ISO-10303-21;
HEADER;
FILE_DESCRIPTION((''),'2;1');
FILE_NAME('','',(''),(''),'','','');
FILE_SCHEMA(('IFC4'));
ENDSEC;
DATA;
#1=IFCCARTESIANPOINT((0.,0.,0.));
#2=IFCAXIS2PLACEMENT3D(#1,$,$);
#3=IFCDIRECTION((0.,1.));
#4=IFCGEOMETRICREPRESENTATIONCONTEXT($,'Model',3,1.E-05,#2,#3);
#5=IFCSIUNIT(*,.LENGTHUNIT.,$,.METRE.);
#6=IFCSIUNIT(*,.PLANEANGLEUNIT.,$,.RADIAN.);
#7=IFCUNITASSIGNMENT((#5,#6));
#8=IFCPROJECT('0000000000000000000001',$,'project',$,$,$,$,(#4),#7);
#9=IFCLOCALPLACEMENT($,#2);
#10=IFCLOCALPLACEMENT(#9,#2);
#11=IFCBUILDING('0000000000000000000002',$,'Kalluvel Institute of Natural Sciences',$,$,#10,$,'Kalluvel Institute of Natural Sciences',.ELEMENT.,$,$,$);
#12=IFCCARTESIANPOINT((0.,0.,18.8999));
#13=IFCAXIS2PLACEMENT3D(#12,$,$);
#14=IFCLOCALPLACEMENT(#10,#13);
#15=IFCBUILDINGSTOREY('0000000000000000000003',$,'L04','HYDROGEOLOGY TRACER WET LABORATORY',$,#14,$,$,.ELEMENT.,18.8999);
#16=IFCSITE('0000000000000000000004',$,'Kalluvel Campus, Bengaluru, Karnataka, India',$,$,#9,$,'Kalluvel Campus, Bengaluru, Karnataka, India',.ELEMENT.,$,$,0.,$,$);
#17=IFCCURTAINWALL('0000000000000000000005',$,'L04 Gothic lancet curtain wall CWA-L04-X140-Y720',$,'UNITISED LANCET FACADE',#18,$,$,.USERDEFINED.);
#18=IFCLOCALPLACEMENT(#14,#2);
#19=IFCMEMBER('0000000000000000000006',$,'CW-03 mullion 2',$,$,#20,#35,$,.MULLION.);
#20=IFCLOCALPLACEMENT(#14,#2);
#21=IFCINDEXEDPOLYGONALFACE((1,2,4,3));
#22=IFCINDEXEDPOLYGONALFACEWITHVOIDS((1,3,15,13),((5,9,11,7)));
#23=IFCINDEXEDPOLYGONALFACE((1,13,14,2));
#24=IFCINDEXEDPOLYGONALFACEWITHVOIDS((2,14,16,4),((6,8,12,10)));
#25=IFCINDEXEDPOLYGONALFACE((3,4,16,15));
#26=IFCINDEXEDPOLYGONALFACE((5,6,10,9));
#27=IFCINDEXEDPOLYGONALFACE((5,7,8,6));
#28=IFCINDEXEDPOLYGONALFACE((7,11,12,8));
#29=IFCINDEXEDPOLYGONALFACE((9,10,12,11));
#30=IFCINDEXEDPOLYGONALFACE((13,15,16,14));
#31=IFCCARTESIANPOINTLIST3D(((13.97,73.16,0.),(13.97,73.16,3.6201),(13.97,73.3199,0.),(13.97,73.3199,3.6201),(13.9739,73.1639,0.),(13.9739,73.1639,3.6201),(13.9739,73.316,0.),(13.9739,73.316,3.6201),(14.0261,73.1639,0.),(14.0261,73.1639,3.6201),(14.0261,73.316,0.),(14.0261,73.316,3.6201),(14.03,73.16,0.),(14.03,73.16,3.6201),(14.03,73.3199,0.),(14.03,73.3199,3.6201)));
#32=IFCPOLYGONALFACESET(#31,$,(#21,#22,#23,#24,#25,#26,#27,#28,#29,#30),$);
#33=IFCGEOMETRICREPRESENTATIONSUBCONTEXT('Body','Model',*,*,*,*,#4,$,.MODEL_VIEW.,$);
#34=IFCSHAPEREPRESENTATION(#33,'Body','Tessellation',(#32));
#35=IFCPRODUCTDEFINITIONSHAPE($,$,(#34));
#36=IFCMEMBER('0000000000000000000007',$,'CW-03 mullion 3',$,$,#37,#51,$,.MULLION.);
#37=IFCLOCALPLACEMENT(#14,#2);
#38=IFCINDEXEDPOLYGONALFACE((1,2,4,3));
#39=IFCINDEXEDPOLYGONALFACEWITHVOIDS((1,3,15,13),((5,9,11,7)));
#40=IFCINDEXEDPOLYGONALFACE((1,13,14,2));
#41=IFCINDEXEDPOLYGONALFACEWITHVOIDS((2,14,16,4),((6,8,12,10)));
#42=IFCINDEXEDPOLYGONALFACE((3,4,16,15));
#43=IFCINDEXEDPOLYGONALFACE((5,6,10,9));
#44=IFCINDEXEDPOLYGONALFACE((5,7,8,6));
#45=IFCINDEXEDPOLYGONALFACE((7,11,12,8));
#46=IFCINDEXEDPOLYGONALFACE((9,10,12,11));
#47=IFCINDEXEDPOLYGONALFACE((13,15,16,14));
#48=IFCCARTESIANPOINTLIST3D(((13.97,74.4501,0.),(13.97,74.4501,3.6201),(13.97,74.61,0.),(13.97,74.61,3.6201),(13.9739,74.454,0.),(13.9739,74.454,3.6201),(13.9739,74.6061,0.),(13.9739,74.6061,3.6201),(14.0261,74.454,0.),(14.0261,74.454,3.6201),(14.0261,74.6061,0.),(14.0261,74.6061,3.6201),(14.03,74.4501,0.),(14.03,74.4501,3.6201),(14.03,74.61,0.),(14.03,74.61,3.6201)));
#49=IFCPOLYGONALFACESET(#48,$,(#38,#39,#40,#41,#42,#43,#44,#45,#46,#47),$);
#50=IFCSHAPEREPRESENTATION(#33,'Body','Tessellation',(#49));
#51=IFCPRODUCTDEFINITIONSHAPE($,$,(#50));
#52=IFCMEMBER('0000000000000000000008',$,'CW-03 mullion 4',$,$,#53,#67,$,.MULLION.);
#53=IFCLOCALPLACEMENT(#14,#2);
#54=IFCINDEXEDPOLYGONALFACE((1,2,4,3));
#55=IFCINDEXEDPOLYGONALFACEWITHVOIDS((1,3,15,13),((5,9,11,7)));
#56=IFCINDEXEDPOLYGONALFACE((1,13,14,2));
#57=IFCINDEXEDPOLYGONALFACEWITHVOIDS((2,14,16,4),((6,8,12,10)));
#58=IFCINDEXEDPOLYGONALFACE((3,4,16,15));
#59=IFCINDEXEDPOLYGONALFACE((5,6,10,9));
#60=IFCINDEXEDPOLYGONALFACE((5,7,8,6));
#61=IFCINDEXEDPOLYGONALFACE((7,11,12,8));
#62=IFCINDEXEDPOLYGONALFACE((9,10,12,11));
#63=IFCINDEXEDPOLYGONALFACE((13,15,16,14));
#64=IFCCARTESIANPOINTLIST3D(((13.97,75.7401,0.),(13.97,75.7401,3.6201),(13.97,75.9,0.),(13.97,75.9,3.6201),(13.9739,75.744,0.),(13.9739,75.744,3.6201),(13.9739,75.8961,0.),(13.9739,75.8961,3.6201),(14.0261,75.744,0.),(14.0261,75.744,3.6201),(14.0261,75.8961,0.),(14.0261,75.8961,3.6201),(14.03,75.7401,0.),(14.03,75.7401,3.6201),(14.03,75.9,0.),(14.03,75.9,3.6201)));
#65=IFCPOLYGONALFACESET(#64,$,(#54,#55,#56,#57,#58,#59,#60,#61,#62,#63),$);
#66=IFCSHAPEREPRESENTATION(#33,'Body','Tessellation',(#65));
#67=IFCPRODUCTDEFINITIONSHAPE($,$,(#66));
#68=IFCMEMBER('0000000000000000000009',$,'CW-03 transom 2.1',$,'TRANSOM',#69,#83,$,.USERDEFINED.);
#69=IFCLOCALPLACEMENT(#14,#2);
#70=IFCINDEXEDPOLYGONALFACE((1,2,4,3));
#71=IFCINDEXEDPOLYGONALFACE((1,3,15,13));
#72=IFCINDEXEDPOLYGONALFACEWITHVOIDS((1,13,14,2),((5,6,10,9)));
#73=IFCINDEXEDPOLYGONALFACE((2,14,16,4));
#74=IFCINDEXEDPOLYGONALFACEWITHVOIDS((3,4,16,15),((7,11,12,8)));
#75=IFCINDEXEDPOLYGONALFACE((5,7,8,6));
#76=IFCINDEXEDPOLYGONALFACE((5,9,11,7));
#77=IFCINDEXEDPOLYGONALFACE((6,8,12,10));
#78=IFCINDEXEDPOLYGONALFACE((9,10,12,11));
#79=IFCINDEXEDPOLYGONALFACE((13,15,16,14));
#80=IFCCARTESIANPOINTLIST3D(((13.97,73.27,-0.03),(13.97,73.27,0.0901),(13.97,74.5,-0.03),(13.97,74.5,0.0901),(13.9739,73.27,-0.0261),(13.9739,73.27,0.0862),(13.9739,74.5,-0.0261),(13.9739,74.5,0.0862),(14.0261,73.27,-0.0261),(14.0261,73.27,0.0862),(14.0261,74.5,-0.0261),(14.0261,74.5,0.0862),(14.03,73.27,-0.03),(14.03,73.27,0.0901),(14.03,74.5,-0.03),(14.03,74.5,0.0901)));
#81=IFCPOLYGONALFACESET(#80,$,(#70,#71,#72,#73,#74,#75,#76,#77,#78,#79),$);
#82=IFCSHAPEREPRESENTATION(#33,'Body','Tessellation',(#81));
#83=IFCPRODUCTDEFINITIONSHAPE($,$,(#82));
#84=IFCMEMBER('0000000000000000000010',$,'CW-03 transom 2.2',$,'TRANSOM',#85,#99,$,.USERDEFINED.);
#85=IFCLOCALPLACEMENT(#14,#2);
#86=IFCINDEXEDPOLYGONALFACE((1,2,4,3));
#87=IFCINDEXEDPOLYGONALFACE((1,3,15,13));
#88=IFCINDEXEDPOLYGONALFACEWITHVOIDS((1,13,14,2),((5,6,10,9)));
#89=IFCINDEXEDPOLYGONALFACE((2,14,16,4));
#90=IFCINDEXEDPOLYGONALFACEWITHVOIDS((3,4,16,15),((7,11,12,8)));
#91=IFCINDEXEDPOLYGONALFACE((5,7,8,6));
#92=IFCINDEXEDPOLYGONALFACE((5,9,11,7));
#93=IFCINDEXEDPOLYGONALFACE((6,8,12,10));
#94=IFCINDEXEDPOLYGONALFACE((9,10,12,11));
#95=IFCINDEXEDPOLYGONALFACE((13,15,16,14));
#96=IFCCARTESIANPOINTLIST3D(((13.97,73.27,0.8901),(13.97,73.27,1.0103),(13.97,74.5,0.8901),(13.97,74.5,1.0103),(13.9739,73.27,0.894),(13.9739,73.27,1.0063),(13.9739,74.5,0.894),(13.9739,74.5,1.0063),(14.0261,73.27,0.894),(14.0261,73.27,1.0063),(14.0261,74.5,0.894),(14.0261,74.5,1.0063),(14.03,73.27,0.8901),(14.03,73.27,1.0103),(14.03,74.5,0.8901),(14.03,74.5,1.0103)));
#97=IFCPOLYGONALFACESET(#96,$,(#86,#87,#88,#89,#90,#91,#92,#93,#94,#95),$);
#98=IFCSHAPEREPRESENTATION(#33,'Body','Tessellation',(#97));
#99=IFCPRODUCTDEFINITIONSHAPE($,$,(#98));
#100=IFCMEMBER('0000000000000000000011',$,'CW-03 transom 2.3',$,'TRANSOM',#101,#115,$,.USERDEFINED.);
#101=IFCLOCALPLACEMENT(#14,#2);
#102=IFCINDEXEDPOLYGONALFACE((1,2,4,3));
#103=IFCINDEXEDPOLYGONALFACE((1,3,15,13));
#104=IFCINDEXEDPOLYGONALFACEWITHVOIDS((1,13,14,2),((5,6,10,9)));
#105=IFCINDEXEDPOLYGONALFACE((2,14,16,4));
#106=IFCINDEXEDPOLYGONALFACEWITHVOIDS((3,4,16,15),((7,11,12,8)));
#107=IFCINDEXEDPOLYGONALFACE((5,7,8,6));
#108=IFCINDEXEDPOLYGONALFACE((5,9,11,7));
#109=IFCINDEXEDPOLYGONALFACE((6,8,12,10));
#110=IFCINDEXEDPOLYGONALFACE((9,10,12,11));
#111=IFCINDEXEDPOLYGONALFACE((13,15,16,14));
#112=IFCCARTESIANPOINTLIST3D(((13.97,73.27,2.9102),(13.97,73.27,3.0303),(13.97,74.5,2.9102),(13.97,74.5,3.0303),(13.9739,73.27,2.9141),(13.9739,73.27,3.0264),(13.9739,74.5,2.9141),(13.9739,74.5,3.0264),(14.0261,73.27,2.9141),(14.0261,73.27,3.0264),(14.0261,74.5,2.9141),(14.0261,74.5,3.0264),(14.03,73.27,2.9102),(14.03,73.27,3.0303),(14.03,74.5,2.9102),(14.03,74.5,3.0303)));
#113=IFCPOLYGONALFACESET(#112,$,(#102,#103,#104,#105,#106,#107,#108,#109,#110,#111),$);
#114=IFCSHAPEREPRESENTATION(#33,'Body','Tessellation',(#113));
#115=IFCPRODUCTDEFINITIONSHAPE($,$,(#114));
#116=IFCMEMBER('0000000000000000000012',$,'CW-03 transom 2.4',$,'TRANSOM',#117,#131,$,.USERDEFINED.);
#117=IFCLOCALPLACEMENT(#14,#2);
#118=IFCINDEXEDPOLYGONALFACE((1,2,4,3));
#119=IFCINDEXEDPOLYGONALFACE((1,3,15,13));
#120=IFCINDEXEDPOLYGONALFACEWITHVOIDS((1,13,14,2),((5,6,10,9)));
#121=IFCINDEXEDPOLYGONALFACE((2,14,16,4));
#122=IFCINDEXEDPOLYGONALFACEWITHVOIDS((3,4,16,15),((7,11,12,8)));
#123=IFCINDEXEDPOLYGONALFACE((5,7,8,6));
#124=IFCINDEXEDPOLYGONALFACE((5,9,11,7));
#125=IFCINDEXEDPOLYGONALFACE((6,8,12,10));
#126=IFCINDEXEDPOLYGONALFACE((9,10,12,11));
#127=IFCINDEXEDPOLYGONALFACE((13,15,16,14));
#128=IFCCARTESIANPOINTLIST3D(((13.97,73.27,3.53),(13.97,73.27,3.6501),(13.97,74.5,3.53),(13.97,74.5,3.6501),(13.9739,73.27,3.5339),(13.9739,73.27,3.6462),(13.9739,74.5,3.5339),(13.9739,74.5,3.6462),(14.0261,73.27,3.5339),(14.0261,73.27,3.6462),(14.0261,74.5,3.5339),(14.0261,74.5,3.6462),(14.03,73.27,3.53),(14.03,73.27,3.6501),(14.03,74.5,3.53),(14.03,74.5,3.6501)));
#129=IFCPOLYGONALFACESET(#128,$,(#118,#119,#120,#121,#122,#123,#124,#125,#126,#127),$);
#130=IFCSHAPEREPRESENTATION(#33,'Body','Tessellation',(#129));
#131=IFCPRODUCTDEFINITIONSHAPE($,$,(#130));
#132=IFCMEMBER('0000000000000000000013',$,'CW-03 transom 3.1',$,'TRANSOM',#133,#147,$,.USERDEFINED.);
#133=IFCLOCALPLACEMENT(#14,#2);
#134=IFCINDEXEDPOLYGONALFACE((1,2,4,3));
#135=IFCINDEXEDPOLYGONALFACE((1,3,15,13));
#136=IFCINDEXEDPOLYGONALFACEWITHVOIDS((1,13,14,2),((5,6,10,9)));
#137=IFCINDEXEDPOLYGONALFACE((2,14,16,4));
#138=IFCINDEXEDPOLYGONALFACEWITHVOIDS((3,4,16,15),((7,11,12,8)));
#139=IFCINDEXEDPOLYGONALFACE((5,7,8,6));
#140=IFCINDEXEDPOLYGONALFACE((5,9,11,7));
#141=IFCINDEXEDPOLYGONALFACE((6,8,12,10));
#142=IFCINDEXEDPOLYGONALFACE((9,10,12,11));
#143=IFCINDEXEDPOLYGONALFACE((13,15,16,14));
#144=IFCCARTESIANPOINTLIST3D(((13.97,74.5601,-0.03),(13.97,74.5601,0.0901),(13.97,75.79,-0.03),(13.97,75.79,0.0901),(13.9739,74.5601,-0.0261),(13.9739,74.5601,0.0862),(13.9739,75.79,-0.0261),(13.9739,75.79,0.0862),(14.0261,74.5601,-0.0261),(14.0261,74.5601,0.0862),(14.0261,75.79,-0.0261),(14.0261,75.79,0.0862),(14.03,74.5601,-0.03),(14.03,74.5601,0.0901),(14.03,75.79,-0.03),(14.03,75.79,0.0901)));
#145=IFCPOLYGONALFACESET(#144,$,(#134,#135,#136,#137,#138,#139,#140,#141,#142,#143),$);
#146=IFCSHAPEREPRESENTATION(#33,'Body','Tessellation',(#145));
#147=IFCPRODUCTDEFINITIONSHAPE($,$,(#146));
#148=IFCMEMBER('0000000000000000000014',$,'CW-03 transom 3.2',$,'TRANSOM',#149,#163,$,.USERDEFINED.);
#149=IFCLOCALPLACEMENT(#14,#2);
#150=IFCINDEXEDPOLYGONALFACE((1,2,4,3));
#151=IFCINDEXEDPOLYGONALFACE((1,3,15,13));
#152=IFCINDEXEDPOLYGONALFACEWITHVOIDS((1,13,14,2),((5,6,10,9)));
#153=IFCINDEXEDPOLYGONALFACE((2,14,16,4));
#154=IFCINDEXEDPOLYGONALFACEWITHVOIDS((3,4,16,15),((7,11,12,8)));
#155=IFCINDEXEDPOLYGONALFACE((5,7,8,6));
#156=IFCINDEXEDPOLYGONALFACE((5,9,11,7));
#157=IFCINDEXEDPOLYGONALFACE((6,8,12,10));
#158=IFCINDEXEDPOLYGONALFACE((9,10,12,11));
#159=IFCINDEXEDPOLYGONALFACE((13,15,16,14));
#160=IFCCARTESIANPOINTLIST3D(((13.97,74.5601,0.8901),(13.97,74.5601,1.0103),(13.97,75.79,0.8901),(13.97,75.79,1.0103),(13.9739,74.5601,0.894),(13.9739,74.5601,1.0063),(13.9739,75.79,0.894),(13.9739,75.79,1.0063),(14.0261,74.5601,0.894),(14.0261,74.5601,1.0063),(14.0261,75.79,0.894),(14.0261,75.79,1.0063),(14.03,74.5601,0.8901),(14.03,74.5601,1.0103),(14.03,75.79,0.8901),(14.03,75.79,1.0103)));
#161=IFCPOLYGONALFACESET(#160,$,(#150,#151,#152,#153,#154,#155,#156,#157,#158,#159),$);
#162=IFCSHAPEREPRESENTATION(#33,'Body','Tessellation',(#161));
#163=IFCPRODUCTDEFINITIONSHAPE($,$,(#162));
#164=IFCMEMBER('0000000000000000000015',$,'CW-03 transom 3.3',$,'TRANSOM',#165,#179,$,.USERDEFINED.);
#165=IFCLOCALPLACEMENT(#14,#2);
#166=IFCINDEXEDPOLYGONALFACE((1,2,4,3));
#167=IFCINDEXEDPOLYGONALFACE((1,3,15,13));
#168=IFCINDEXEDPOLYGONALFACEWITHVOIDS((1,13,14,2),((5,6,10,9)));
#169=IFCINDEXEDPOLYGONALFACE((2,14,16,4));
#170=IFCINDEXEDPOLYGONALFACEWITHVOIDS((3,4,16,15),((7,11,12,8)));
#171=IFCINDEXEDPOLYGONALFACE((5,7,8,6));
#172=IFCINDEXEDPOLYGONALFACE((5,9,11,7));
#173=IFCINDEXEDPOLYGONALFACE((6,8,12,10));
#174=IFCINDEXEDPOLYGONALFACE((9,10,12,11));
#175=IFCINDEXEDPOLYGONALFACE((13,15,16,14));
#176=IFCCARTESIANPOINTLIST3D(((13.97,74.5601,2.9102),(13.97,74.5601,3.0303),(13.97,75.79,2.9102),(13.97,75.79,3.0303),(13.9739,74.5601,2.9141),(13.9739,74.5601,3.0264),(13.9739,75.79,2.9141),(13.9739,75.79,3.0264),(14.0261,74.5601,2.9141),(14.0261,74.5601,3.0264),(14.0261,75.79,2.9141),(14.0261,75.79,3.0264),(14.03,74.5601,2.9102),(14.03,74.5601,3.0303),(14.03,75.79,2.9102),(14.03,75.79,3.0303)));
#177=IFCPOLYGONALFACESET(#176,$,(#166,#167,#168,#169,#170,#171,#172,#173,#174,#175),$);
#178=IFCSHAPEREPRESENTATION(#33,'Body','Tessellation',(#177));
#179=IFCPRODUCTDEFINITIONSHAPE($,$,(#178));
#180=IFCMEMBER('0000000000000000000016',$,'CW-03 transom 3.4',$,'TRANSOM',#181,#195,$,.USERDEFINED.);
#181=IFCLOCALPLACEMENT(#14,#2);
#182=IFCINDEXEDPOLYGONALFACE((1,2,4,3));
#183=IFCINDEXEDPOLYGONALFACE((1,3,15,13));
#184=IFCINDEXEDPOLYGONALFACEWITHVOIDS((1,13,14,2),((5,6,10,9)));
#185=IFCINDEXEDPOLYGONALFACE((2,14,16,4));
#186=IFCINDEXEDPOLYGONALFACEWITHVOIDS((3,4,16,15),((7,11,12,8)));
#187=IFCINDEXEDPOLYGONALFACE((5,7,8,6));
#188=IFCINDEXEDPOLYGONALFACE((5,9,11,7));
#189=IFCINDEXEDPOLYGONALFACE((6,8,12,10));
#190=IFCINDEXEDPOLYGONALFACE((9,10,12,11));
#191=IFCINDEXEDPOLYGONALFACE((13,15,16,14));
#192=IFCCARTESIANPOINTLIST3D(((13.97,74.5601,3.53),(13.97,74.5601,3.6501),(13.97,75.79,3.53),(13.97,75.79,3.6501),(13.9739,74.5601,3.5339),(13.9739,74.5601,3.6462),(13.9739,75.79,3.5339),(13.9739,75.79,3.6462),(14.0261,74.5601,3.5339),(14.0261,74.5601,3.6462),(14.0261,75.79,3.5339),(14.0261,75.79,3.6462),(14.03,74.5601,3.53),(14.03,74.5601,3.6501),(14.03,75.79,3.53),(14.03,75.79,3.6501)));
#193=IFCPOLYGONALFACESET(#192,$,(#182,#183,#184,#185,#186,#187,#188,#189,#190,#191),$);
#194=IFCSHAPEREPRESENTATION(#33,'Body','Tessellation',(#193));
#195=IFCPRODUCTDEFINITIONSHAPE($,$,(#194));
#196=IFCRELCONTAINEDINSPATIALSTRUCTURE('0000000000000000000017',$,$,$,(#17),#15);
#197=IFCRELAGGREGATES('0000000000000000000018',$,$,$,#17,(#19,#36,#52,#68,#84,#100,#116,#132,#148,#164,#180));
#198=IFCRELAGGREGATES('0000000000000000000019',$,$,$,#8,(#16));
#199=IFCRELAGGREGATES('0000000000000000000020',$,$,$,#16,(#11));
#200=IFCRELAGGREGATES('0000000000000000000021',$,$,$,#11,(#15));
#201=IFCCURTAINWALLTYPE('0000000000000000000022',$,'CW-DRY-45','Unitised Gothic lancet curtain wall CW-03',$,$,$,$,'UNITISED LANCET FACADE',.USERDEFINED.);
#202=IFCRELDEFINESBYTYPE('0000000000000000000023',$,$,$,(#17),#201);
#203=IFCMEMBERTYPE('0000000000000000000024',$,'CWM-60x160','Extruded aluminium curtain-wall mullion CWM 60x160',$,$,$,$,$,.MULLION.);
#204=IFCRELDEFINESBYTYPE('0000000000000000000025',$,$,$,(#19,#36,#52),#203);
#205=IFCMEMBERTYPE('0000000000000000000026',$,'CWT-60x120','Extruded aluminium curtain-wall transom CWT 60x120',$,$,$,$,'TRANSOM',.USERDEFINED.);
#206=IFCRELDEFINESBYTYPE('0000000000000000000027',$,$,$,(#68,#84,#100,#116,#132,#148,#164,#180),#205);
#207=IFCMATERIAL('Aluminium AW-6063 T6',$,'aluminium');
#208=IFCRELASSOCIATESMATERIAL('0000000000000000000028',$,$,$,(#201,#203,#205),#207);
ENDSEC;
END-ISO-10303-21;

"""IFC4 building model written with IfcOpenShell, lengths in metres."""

from ifc_helpers import new_model, si_unit, direction, frame, origin, origin_2d, place, context, subcontext, project, spatial, hollow_rectangle, extrude, material, material_profile, profile_set, type_object, element, aggregate, save


model = new_model("IFC4")

# Units and contexts
model_context = context("Model", 3, precision=1e-05, world=origin(), true_north=direction((0.0, 1.0)))
body_context = subcontext(model_context, "Body", "Model", "MODEL_VIEW")
ifc_project = project(units=[si_unit("LENGTHUNIT", "METRE"), si_unit("PLANEANGLEUNIT", "RADIAN")], contexts=[model_context])

# Site, building, storey
site_placement = place(None, origin())
site = spatial("IfcSite", under=ifc_project, at=site_placement, Name="Kalluvel Campus, Bengaluru, Karnataka, India", LongName="Kalluvel Campus, Bengaluru, Karnataka, India", CompositionType="ELEMENT", RefElevation=0.0)
building_placement = place(site_placement, origin())
building = spatial("IfcBuilding", under=site, at=building_placement, Name="Kalluvel Institute of Natural Sciences", LongName="Kalluvel Institute of Natural Sciences", CompositionType="ELEMENT")
storey_placement = place(building_placement, frame((0.0, 0.0, 18.8999)))
storey = spatial("IfcBuildingStorey", under=building, at=storey_placement, Name="L04", Description="HYDROGEOLOGY TRACER WET LABORATORY", CompositionType="ELEMENT", Elevation=18.8999)

# Curtain wall, members
ifc_material_1 = material(Name="Aluminium AW-6063 T6", Category="aluminium")
curtain_wall_type = type_object("IfcCurtainWallType", Name="CW-DRY-45", Description="Unitised Gothic lancet curtain wall CW-03", ElementType="UNITISED LANCET FACADE", PredefinedType="USERDEFINED", material=ifc_material_1)
curtain_wall_placement = place(storey_placement, origin())
curtain_wall = element("IfcCurtainWall", 1, at=curtain_wall_placement, inside=storey, type_object=curtain_wall_type, Name="L04 Gothic lancet curtain wall CWA-L04-X140-Y720", ObjectType="UNITISED LANCET FACADE", PredefinedType="USERDEFINED")
ifc_material_profile_1 = material_profile(ifc_material_1, hollow_rectangle(XDim=0.0601, YDim=0.1599, WallThickness=0.0039, at=origin_2d()), Name="CWM 60x160")
ifc_profile_set_1 = profile_set([ifc_material_profile_1], Name="Aluminium AW-6063 T6")
member_type_1 = type_object("IfcMemberType", Name="CWM-60x160", Description="Extruded aluminium curtain-wall mullion CWM 60x160", PredefinedType="MULLION", material=ifc_profile_set_1)
member_1_placement = place(storey_placement, frame((14.0, 73.24, 0.0), z_axis=(0.0, 0.0, 1.0), x_axis=(-1.0, 0.0, 0.0)))
member_1 = element("IfcMember", 2, at=member_1_placement, type_object=member_type_1, Name="CW-03 mullion 2", PredefinedType="MULLION", context=body_context, shape_type="SweptSolid", body=[
    extrude(hollow_rectangle(XDim=0.0601, YDim=0.1599, WallThickness=0.0039, at=origin_2d()), origin(), (0.0, 0.0, 1.0), 3.6201),
])
member_2_placement = place(storey_placement, frame((14.0, 74.53, 0.0), z_axis=(0.0, 0.0, 1.0), x_axis=(-1.0, 0.0, 0.0)))
member_2 = element("IfcMember", 3, at=member_2_placement, type_object=member_type_1, Name="CW-03 mullion 3", PredefinedType="MULLION", context=body_context, shape_type="SweptSolid", body=[
    extrude(hollow_rectangle(XDim=0.0601, YDim=0.1599, WallThickness=0.0039, at=origin_2d()), origin(), (0.0, 0.0, 1.0), 3.6201),
])
member_3_placement = place(storey_placement, frame((14.0, 75.8201, 0.0), z_axis=(0.0, 0.0, 1.0), x_axis=(-1.0, 0.0, 0.0)))
member_3 = element("IfcMember", 4, at=member_3_placement, type_object=member_type_1, Name="CW-03 mullion 4", PredefinedType="MULLION", context=body_context, shape_type="SweptSolid", body=[
    extrude(hollow_rectangle(XDim=0.0601, YDim=0.1599, WallThickness=0.0039, at=origin_2d()), origin(), (0.0, 0.0, 1.0), 3.6201),
])
ifc_material_profile_2 = material_profile(ifc_material_1, hollow_rectangle(XDim=0.0601, YDim=0.1201, WallThickness=0.0039, at=origin_2d()), Name="CWT 60x120")
ifc_profile_set_2 = profile_set([ifc_material_profile_2], Name="Aluminium AW-6063 T6")
member_type_2 = type_object("IfcMemberType", Name="CWT-60x120", Description="Extruded aluminium curtain-wall transom CWT 60x120", ElementType="TRANSOM", PredefinedType="USERDEFINED", material=ifc_profile_set_2)
member_4_placement = place(storey_placement, frame((14.0, 73.27, 0.03), z_axis=(0.0, 1.0, 0.0), x_axis=(-1.0, 0.0, 0.0)))
member_4 = element("IfcMember", 5, at=member_4_placement, type_object=member_type_2, Name="CW-03 transom 2.1", ObjectType="TRANSOM", PredefinedType="USERDEFINED", context=body_context, shape_type="SweptSolid", body=[
    extrude(hollow_rectangle(XDim=0.0601, YDim=0.1201, WallThickness=0.0039, at=origin_2d()), origin(), (0.0, 0.0, 1.0), 1.23),
])
member_5_placement = place(storey_placement, frame((14.0, 73.27, 0.9502), z_axis=(0.0, 1.0, 0.0), x_axis=(-1.0, 0.0, 0.0)))
member_5 = element("IfcMember", 6, at=member_5_placement, type_object=member_type_2, Name="CW-03 transom 2.2", ObjectType="TRANSOM", PredefinedType="USERDEFINED", context=body_context, shape_type="SweptSolid", body=[
    extrude(hollow_rectangle(XDim=0.0601, YDim=0.1201, WallThickness=0.0039, at=origin_2d()), origin(), (0.0, 0.0, 1.0), 1.23),
])
member_6_placement = place(storey_placement, frame((14.0, 73.27, 2.9702), z_axis=(0.0, 1.0, 0.0), x_axis=(-1.0, 0.0, 0.0)))
member_6 = element("IfcMember", 7, at=member_6_placement, type_object=member_type_2, Name="CW-03 transom 2.3", ObjectType="TRANSOM", PredefinedType="USERDEFINED", context=body_context, shape_type="SweptSolid", body=[
    extrude(hollow_rectangle(XDim=0.0601, YDim=0.1201, WallThickness=0.0039, at=origin_2d()), origin(), (0.0, 0.0, 1.0), 1.23),
])
member_7_placement = place(storey_placement, frame((14.0, 73.27, 3.5901), z_axis=(0.0, 1.0, 0.0), x_axis=(-1.0, 0.0, 0.0)))
member_7 = element("IfcMember", 8, at=member_7_placement, type_object=member_type_2, Name="CW-03 transom 2.4", ObjectType="TRANSOM", PredefinedType="USERDEFINED", context=body_context, shape_type="SweptSolid", body=[
    extrude(hollow_rectangle(XDim=0.0601, YDim=0.1201, WallThickness=0.0039, at=origin_2d()), origin(), (0.0, 0.0, 1.0), 1.23),
])
member_8_placement = place(storey_placement, frame((14.0, 74.5601, 0.03), z_axis=(0.0, 1.0, 0.0), x_axis=(-1.0, 0.0, 0.0)))
member_8 = element("IfcMember", 9, at=member_8_placement, type_object=member_type_2, Name="CW-03 transom 3.1", ObjectType="TRANSOM", PredefinedType="USERDEFINED", context=body_context, shape_type="SweptSolid", body=[
    extrude(hollow_rectangle(XDim=0.0601, YDim=0.1201, WallThickness=0.0039, at=origin_2d()), origin(), (0.0, 0.0, 1.0), 1.23),
])
member_9_placement = place(storey_placement, frame((14.0, 74.5601, 0.9502), z_axis=(0.0, 1.0, 0.0), x_axis=(-1.0, 0.0, 0.0)))
member_9 = element("IfcMember", 10, at=member_9_placement, type_object=member_type_2, Name="CW-03 transom 3.2", ObjectType="TRANSOM", PredefinedType="USERDEFINED", context=body_context, shape_type="SweptSolid", body=[
    extrude(hollow_rectangle(XDim=0.0601, YDim=0.1201, WallThickness=0.0039, at=origin_2d()), origin(), (0.0, 0.0, 1.0), 1.23),
])
member_10_placement = place(storey_placement, frame((14.0, 74.5601, 2.9702), z_axis=(0.0, 1.0, 0.0), x_axis=(-1.0, 0.0, 0.0)))
member_10 = element("IfcMember", 11, at=member_10_placement, type_object=member_type_2, Name="CW-03 transom 3.3", ObjectType="TRANSOM", PredefinedType="USERDEFINED", context=body_context, shape_type="SweptSolid", body=[
    extrude(hollow_rectangle(XDim=0.0601, YDim=0.1201, WallThickness=0.0039, at=origin_2d()), origin(), (0.0, 0.0, 1.0), 1.23),
])
member_11_placement = place(storey_placement, frame((14.0, 74.5601, 3.5901), z_axis=(0.0, 1.0, 0.0), x_axis=(-1.0, 0.0, 0.0)))
member_11 = element("IfcMember", 12, at=member_11_placement, type_object=member_type_2, Name="CW-03 transom 3.4", ObjectType="TRANSOM", PredefinedType="USERDEFINED", context=body_context, shape_type="SweptSolid", body=[
    extrude(hollow_rectangle(XDim=0.0601, YDim=0.1201, WallThickness=0.0039, at=origin_2d()), origin(), (0.0, 0.0, 1.0), 1.23),
])
aggregate(curtain_wall, [member_1, member_2, member_3, member_4, member_5, member_6, member_7, member_8, member_9, member_10, member_11])

save(model, "model.ifc")
